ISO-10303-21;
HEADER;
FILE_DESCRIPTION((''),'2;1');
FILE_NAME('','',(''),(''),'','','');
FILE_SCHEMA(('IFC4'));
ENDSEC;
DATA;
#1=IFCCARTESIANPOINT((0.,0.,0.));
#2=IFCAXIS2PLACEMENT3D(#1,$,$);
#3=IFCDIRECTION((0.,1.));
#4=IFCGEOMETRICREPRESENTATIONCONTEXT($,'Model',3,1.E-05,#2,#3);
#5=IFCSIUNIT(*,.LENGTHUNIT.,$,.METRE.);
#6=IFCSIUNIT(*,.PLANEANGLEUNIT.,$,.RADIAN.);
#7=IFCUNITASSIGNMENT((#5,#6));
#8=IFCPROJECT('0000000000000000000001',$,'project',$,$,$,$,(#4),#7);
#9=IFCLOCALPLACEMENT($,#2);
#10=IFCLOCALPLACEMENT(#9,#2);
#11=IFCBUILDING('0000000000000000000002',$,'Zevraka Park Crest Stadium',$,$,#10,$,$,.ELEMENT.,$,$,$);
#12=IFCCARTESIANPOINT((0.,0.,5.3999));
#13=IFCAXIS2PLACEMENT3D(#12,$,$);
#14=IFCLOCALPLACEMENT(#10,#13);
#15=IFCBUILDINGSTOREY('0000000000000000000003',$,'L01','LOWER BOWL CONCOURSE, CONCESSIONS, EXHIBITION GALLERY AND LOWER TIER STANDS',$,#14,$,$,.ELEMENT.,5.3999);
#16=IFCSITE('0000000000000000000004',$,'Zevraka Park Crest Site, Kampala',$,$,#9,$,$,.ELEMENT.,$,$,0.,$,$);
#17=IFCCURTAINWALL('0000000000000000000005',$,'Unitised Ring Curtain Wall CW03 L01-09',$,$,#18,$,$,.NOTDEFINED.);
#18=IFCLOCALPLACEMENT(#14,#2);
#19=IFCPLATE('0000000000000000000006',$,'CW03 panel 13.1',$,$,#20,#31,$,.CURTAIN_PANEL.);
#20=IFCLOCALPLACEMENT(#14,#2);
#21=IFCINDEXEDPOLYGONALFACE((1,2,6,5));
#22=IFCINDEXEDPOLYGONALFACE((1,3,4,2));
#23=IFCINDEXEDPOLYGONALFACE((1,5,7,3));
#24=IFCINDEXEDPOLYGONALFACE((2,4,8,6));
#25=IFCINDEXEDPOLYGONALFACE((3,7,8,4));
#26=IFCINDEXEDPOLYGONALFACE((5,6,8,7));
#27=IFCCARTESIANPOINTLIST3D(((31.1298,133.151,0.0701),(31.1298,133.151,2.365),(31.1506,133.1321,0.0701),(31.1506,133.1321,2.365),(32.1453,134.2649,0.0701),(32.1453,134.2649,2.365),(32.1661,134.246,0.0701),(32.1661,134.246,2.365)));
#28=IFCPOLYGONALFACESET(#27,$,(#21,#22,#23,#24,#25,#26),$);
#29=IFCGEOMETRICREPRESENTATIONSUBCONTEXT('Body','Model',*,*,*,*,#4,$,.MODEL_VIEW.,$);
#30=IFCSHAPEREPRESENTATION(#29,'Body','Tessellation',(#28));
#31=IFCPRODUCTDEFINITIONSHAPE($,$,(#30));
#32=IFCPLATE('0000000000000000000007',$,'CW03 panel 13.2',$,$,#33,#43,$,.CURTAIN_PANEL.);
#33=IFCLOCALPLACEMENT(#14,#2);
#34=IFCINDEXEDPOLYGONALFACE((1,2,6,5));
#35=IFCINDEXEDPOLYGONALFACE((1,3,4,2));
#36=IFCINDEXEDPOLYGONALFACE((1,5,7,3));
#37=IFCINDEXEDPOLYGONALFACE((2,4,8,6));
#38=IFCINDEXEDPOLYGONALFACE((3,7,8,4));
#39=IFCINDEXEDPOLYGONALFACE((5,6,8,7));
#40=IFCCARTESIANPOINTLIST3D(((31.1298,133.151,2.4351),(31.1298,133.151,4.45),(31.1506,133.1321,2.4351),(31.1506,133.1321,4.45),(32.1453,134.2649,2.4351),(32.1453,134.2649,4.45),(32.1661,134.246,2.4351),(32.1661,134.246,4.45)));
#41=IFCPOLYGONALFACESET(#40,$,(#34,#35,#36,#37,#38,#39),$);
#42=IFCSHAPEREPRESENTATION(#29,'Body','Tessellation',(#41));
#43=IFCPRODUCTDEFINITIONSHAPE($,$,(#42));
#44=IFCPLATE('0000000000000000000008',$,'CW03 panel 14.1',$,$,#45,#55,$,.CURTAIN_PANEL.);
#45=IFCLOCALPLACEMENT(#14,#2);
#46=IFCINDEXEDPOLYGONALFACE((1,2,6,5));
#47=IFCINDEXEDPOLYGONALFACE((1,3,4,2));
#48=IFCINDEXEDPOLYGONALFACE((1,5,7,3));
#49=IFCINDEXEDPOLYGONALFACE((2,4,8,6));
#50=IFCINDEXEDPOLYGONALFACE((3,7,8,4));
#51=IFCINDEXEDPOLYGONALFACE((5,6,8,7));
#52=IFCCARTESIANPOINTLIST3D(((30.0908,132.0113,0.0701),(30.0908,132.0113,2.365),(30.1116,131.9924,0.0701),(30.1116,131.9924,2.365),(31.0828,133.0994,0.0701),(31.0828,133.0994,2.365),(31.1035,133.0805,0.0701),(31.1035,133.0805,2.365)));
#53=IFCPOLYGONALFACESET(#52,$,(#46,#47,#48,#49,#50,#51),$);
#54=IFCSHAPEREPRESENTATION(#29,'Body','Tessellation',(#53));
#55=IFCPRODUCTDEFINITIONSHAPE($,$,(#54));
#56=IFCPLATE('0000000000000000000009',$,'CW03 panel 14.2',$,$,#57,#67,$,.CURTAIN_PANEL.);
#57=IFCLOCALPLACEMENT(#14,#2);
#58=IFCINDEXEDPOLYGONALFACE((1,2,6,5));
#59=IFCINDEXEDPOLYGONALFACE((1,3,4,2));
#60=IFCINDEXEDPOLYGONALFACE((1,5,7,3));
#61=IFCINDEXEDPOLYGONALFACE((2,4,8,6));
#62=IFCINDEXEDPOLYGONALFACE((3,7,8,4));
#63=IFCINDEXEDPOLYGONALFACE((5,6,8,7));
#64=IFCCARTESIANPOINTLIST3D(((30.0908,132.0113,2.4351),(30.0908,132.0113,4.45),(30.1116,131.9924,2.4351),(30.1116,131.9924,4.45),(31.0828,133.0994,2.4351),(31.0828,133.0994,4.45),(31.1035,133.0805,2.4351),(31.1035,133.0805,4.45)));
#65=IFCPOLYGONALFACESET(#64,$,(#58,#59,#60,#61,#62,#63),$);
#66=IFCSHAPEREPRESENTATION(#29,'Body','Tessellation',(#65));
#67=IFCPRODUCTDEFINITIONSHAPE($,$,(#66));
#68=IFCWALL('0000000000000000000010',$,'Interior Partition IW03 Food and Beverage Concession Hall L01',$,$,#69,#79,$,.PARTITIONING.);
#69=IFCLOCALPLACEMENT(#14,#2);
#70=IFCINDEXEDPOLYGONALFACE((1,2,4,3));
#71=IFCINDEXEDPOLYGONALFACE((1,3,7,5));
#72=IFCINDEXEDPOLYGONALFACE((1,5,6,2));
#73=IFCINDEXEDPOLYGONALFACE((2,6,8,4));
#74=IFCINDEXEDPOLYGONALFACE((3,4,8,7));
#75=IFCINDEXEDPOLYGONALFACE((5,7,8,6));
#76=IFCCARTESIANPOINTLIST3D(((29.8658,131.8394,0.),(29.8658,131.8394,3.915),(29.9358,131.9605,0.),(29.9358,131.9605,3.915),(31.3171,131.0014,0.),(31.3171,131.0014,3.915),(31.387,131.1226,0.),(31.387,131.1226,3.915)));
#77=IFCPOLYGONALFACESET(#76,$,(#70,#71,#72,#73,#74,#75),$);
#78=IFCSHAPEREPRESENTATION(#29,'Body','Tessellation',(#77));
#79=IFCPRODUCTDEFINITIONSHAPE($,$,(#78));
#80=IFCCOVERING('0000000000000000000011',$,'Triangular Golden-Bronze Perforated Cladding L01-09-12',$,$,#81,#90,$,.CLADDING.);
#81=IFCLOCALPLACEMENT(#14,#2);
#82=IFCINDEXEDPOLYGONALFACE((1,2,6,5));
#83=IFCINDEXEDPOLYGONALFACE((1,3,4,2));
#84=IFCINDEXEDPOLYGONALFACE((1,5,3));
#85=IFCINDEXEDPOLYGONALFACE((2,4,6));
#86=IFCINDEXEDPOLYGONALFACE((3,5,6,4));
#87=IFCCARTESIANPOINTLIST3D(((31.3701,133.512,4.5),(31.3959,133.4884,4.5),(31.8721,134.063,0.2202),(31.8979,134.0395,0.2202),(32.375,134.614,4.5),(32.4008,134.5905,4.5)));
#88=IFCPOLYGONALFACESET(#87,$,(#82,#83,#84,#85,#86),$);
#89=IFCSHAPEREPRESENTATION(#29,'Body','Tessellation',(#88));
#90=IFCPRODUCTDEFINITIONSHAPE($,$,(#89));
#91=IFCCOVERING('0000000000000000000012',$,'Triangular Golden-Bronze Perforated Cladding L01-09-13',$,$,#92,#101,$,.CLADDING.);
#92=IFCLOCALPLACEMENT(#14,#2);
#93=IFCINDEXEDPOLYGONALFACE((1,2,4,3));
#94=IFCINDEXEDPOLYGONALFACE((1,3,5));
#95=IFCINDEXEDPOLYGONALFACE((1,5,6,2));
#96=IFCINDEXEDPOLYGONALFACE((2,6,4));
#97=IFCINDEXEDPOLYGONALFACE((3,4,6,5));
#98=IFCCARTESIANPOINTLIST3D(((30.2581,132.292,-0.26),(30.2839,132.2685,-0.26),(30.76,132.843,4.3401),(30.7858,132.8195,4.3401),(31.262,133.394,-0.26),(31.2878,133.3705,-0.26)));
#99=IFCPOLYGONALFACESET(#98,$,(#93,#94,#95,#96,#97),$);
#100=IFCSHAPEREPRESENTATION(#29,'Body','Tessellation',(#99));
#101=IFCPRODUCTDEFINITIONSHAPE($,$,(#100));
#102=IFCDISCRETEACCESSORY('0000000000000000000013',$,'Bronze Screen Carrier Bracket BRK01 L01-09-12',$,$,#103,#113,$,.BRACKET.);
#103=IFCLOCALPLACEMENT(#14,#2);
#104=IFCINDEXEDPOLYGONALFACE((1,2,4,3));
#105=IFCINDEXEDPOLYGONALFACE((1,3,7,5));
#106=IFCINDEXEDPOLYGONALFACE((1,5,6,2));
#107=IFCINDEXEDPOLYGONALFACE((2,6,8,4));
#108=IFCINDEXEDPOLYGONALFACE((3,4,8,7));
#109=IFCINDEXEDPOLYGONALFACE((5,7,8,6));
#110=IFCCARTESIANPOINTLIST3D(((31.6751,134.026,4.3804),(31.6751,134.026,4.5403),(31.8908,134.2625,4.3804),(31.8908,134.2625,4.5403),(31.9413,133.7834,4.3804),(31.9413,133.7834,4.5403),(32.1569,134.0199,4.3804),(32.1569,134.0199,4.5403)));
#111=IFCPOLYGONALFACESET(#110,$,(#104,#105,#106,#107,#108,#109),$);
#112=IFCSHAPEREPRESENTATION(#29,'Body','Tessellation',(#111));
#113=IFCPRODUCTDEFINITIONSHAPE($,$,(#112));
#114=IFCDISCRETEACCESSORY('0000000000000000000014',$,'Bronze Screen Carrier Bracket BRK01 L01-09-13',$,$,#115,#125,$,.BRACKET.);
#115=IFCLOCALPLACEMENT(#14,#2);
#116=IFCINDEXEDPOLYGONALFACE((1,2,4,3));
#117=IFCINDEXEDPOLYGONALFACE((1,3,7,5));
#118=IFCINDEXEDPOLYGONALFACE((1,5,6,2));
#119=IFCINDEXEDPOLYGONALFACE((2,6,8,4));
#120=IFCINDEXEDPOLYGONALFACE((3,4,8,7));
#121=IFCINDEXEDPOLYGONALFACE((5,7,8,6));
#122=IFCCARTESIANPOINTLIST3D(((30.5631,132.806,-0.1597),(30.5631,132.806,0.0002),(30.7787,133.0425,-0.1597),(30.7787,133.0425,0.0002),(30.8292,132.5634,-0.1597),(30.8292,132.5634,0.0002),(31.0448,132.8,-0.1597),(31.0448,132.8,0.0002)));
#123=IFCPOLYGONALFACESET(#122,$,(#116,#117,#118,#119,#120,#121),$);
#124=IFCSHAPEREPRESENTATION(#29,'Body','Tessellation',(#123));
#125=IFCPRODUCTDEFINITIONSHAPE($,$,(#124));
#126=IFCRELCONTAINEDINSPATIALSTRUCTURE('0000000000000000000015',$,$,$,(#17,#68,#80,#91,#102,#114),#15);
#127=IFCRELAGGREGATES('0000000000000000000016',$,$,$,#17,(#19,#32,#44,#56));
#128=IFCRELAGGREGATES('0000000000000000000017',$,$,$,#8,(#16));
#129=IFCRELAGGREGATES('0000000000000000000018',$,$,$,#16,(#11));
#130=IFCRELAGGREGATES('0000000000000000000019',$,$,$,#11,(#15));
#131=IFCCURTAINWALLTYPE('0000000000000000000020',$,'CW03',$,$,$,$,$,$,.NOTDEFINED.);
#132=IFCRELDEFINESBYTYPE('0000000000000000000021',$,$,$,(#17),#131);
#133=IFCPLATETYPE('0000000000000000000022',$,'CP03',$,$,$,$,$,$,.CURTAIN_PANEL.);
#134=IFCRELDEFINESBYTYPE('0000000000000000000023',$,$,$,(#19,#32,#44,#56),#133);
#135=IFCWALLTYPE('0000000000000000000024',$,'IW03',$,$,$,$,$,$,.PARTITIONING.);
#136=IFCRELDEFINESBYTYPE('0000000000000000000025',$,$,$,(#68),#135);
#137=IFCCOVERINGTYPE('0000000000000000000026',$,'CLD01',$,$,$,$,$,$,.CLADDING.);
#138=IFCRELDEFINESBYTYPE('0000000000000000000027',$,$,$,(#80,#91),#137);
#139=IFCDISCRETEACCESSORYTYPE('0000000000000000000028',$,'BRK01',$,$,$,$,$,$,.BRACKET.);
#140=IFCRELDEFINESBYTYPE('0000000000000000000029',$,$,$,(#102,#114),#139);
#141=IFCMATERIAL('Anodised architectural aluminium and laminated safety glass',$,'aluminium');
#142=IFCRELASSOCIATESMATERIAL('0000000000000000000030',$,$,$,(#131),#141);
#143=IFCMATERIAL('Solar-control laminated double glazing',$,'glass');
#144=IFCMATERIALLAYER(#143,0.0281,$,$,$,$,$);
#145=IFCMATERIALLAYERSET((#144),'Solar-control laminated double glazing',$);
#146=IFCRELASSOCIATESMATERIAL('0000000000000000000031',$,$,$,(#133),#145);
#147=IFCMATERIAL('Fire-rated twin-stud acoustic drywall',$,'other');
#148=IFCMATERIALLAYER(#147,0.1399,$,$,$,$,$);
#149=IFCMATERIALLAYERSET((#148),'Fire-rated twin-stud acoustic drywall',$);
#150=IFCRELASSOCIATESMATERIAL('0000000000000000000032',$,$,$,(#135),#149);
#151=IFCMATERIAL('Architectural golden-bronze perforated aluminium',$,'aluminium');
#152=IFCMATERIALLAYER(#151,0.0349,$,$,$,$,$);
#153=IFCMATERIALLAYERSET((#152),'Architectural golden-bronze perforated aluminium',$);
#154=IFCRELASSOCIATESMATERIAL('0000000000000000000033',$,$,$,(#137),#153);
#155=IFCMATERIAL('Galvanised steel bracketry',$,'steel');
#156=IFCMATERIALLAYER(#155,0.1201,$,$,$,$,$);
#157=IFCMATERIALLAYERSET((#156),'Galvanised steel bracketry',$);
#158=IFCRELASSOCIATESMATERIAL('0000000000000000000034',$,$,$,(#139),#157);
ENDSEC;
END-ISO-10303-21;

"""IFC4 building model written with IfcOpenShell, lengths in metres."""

from ifc_helpers import new_model, si_unit, direction, frame, frame_2d, origin, origin_2d, place, context, subcontext, project, spatial, polyline, rectangle, outline, extrude, material, layer, layer_set, type_object, element, aggregate, save


model = new_model("IFC4")

# Units and contexts
model_context = context("Model", 3, precision=1e-05, world=origin(), true_north=direction((0.0, 1.0)))
body_context = subcontext(model_context, "Body", "Model", "MODEL_VIEW")
ifc_project = project(units=[si_unit("LENGTHUNIT", "METRE"), si_unit("PLANEANGLEUNIT", "RADIAN")], contexts=[model_context])

# Site, building, storey
site_placement = place(None, origin())
site = spatial("IfcSite", under=ifc_project, at=site_placement, Name="Zevraka Park Crest Site, Kampala", CompositionType="ELEMENT", RefElevation=0.0)
building_placement = place(site_placement, origin())
building = spatial("IfcBuilding", under=site, at=building_placement, Name="Zevraka Park Crest Stadium", CompositionType="ELEMENT")
storey_placement = place(building_placement, frame((0.0, 0.0, 5.3999)))
storey = spatial("IfcBuildingStorey", under=building, at=storey_placement, Name="L01", Description="LOWER BOWL CONCOURSE, CONCESSIONS, EXHIBITION GALLERY AND LOWER TIER STANDS", CompositionType="ELEMENT", Elevation=5.3999)

# Curtain wall
ifc_material_1 = material(Name="Anodised architectural aluminium and laminated safety glass", Category="aluminium")
curtain_wall_type = type_object("IfcCurtainWallType", Name="CW03", PredefinedType="NOTDEFINED", material=ifc_material_1)
curtain_wall_placement = place(storey_placement, origin())
curtain_wall = element("IfcCurtainWall", 1, at=curtain_wall_placement, inside=storey, type_object=curtain_wall_type, Name="Unitised Ring Curtain Wall CW03 L01-09", PredefinedType="NOTDEFINED")

# Plates
ifc_material_2 = material(Name="Solar-control laminated double glazing", Category="glass")
ifc_layer_1 = layer(ifc_material_2, 0.0281)
ifc_layer_set_1 = layer_set([ifc_layer_1], Name="Solar-control laminated double glazing")
plate_type = type_object("IfcPlateType", Name="CP03", PredefinedType="CURTAIN_PANEL", material=ifc_layer_set_1)
plate_1_placement = place(storey_placement, frame((31.6479, 133.6985, 0.0701), z_axis=(0.0, 0.0, 1.0), x_axis=(-0.67368, -0.739023, 0.0)))
plate_1 = element("IfcPlate", 2, at=plate_1_placement, type_object=plate_type, Name="CW03 panel 13.1", PredefinedType="CURTAIN_PANEL", context=body_context, shape_type="SweptSolid", body=[
    extrude(rectangle(XDim=1.5073, YDim=0.0281, at=origin_2d()), origin(), (0.0, 0.0, 1.0), 2.2949),
])
plate_2_placement = place(storey_placement, frame((31.6479, 133.6985, 2.4351), z_axis=(0.0, 0.0, 1.0), x_axis=(-0.67368, -0.739023, 0.0)))
plate_2 = element("IfcPlate", 3, at=plate_2_placement, type_object=plate_type, Name="CW03 panel 13.2", PredefinedType="CURTAIN_PANEL", context=body_context, shape_type="SweptSolid", body=[
    extrude(rectangle(XDim=1.5073, YDim=0.0281, at=origin_2d()), origin(), (0.0, 0.0, 1.0), 2.0149),
])
plate_3_placement = place(storey_placement, frame((30.5972, 132.5459, 0.0701), z_axis=(0.0, 0.0, 1.0), x_axis=(-0.67368, -0.739023, 0.0)))
plate_3 = element("IfcPlate", 4, at=plate_3_placement, type_object=plate_type, Name="CW03 panel 14.1", PredefinedType="CURTAIN_PANEL", context=body_context, shape_type="SweptSolid", body=[
    extrude(rectangle(XDim=1.4724, YDim=0.0281, at=origin_2d()), origin(), (0.0, 0.0, 1.0), 2.2949),
])
plate_4_placement = place(storey_placement, frame((30.5972, 132.5459, 2.4351), z_axis=(0.0, 0.0, 1.0), x_axis=(-0.67368, -0.739023, 0.0)))
plate_4 = element("IfcPlate", 5, at=plate_4_placement, type_object=plate_type, Name="CW03 panel 14.2", PredefinedType="CURTAIN_PANEL", context=body_context, shape_type="SweptSolid", body=[
    extrude(rectangle(XDim=1.4724, YDim=0.0281, at=origin_2d()), origin(), (0.0, 0.0, 1.0), 2.0149),
])
aggregate(curtain_wall, [plate_1, plate_2, plate_3, plate_4])

# Wall
ifc_material_3 = material(Name="Fire-rated twin-stud acoustic drywall", Category="other")
ifc_layer_2 = layer(ifc_material_3, 0.1399)
ifc_layer_set_2 = layer_set([ifc_layer_2], Name="Fire-rated twin-stud acoustic drywall")
wall_type = type_object("IfcWallType", Name="IW03", PredefinedType="PARTITIONING", material=ifc_layer_set_2)
wall_placement = place(storey_placement, frame((31.3521, 131.062, 0.0), z_axis=(0.0, 0.0, 1.0), x_axis=(-0.866011, 0.500025, 0.0)))
element("IfcWall", 6, at=wall_placement, inside=storey, type_object=wall_type, Name="Interior Partition IW03 Food and Beverage Concession Hall L01", PredefinedType="PARTITIONING", context=body_context, shape_type="SweptSolid", body=[
    extrude(rectangle(XDim=1.6758, YDim=0.1399, at=frame_2d((0.8379, 0.0))), origin(), (0.0, 0.0, 1.0), 3.915),
])

# Coverings
ifc_material_4 = material(Name="Architectural golden-bronze perforated aluminium", Category="aluminium")
ifc_layer_3 = layer(ifc_material_4, 0.0349)
ifc_layer_set_3 = layer_set([ifc_layer_3], Name="Architectural golden-bronze perforated aluminium")
covering_type = type_object("IfcCoveringType", Name="CLD01", PredefinedType="CLADDING", material=ifc_layer_set_3)
covering_1_placement = place(storey_placement, frame((31.3701, 133.512, 4.5), z_axis=(-0.738932, 0.67378, 0.000084), x_axis=(0.67378, 0.738932, 0.0)))
element("IfcCovering", 7, at=covering_1_placement, inside=storey, type_object=covering_type, Name="Triangular Golden-Bronze Perforated Cladding L01-09-12", PredefinedType="CLADDING", context=body_context, shape_type="SweptSolid", body=[
    extrude(outline(polyline([(0.0, 0.0), (1.4914, 0.0), (0.7454, 4.2798), (0.0, 0.0)])), origin(), (0.0, 0.0, -1.0), 0.0349),
])
covering_2_placement = place(storey_placement, frame((31.262, 133.394, -0.26), z_axis=(-0.739258, 0.673422, 0.0), x_axis=(-0.673422, -0.739258, 0.0)))
element("IfcCovering", 8, at=covering_2_placement, inside=storey, type_object=covering_type, Name="Triangular Golden-Bronze Perforated Cladding L01-09-13", PredefinedType="CLADDING", context=body_context, shape_type="SweptSolid", body=[
    extrude(outline(polyline([(0.0, 0.0), (1.4908, 0.0), (0.7454, 4.6001), (0.0, 0.0)])), origin(), (0.0, 0.0, -1.0), 0.0349),
])

# Discrete accessories
ifc_material_5 = material(Name="Galvanised steel bracketry", Category="steel")
ifc_layer_4 = layer(ifc_material_5, 0.1201)
ifc_layer_set_4 = layer_set([ifc_layer_4], Name="Galvanised steel bracketry")
discrete_accessory_type = type_object("IfcDiscreteAccessoryType", Name="BRK01", PredefinedType="BRACKET", material=ifc_layer_set_4)
for number, where, z_axis, x_axis, name in (
    (9, (31.916, 134.0229, 4.3804), (0.0, 0.0, 1.0), (-0.673658, -0.739043, 0.0), "Bronze Screen Carrier Bracket BRK01 L01-09-12"),
    (10, (30.804, 132.803, -0.1597), (0.0, 0.0, 1.0), (-0.673658, -0.739043, 0.0), "Bronze Screen Carrier Bracket BRK01 L01-09-13"),
):
    element("IfcDiscreteAccessory", number, at=place(storey_placement, frame(where, z_axis=z_axis, x_axis=x_axis)), inside=storey, type_object=discrete_accessory_type, Name=name, PredefinedType="BRACKET", context=body_context, shape_type="SweptSolid", body=[
        extrude(rectangle(XDim=0.3201, YDim=0.3601, at=origin_2d()), origin(), (0.0, 0.0, 1.0), 0.1599),
    ])

save(model, "model.ifc")
